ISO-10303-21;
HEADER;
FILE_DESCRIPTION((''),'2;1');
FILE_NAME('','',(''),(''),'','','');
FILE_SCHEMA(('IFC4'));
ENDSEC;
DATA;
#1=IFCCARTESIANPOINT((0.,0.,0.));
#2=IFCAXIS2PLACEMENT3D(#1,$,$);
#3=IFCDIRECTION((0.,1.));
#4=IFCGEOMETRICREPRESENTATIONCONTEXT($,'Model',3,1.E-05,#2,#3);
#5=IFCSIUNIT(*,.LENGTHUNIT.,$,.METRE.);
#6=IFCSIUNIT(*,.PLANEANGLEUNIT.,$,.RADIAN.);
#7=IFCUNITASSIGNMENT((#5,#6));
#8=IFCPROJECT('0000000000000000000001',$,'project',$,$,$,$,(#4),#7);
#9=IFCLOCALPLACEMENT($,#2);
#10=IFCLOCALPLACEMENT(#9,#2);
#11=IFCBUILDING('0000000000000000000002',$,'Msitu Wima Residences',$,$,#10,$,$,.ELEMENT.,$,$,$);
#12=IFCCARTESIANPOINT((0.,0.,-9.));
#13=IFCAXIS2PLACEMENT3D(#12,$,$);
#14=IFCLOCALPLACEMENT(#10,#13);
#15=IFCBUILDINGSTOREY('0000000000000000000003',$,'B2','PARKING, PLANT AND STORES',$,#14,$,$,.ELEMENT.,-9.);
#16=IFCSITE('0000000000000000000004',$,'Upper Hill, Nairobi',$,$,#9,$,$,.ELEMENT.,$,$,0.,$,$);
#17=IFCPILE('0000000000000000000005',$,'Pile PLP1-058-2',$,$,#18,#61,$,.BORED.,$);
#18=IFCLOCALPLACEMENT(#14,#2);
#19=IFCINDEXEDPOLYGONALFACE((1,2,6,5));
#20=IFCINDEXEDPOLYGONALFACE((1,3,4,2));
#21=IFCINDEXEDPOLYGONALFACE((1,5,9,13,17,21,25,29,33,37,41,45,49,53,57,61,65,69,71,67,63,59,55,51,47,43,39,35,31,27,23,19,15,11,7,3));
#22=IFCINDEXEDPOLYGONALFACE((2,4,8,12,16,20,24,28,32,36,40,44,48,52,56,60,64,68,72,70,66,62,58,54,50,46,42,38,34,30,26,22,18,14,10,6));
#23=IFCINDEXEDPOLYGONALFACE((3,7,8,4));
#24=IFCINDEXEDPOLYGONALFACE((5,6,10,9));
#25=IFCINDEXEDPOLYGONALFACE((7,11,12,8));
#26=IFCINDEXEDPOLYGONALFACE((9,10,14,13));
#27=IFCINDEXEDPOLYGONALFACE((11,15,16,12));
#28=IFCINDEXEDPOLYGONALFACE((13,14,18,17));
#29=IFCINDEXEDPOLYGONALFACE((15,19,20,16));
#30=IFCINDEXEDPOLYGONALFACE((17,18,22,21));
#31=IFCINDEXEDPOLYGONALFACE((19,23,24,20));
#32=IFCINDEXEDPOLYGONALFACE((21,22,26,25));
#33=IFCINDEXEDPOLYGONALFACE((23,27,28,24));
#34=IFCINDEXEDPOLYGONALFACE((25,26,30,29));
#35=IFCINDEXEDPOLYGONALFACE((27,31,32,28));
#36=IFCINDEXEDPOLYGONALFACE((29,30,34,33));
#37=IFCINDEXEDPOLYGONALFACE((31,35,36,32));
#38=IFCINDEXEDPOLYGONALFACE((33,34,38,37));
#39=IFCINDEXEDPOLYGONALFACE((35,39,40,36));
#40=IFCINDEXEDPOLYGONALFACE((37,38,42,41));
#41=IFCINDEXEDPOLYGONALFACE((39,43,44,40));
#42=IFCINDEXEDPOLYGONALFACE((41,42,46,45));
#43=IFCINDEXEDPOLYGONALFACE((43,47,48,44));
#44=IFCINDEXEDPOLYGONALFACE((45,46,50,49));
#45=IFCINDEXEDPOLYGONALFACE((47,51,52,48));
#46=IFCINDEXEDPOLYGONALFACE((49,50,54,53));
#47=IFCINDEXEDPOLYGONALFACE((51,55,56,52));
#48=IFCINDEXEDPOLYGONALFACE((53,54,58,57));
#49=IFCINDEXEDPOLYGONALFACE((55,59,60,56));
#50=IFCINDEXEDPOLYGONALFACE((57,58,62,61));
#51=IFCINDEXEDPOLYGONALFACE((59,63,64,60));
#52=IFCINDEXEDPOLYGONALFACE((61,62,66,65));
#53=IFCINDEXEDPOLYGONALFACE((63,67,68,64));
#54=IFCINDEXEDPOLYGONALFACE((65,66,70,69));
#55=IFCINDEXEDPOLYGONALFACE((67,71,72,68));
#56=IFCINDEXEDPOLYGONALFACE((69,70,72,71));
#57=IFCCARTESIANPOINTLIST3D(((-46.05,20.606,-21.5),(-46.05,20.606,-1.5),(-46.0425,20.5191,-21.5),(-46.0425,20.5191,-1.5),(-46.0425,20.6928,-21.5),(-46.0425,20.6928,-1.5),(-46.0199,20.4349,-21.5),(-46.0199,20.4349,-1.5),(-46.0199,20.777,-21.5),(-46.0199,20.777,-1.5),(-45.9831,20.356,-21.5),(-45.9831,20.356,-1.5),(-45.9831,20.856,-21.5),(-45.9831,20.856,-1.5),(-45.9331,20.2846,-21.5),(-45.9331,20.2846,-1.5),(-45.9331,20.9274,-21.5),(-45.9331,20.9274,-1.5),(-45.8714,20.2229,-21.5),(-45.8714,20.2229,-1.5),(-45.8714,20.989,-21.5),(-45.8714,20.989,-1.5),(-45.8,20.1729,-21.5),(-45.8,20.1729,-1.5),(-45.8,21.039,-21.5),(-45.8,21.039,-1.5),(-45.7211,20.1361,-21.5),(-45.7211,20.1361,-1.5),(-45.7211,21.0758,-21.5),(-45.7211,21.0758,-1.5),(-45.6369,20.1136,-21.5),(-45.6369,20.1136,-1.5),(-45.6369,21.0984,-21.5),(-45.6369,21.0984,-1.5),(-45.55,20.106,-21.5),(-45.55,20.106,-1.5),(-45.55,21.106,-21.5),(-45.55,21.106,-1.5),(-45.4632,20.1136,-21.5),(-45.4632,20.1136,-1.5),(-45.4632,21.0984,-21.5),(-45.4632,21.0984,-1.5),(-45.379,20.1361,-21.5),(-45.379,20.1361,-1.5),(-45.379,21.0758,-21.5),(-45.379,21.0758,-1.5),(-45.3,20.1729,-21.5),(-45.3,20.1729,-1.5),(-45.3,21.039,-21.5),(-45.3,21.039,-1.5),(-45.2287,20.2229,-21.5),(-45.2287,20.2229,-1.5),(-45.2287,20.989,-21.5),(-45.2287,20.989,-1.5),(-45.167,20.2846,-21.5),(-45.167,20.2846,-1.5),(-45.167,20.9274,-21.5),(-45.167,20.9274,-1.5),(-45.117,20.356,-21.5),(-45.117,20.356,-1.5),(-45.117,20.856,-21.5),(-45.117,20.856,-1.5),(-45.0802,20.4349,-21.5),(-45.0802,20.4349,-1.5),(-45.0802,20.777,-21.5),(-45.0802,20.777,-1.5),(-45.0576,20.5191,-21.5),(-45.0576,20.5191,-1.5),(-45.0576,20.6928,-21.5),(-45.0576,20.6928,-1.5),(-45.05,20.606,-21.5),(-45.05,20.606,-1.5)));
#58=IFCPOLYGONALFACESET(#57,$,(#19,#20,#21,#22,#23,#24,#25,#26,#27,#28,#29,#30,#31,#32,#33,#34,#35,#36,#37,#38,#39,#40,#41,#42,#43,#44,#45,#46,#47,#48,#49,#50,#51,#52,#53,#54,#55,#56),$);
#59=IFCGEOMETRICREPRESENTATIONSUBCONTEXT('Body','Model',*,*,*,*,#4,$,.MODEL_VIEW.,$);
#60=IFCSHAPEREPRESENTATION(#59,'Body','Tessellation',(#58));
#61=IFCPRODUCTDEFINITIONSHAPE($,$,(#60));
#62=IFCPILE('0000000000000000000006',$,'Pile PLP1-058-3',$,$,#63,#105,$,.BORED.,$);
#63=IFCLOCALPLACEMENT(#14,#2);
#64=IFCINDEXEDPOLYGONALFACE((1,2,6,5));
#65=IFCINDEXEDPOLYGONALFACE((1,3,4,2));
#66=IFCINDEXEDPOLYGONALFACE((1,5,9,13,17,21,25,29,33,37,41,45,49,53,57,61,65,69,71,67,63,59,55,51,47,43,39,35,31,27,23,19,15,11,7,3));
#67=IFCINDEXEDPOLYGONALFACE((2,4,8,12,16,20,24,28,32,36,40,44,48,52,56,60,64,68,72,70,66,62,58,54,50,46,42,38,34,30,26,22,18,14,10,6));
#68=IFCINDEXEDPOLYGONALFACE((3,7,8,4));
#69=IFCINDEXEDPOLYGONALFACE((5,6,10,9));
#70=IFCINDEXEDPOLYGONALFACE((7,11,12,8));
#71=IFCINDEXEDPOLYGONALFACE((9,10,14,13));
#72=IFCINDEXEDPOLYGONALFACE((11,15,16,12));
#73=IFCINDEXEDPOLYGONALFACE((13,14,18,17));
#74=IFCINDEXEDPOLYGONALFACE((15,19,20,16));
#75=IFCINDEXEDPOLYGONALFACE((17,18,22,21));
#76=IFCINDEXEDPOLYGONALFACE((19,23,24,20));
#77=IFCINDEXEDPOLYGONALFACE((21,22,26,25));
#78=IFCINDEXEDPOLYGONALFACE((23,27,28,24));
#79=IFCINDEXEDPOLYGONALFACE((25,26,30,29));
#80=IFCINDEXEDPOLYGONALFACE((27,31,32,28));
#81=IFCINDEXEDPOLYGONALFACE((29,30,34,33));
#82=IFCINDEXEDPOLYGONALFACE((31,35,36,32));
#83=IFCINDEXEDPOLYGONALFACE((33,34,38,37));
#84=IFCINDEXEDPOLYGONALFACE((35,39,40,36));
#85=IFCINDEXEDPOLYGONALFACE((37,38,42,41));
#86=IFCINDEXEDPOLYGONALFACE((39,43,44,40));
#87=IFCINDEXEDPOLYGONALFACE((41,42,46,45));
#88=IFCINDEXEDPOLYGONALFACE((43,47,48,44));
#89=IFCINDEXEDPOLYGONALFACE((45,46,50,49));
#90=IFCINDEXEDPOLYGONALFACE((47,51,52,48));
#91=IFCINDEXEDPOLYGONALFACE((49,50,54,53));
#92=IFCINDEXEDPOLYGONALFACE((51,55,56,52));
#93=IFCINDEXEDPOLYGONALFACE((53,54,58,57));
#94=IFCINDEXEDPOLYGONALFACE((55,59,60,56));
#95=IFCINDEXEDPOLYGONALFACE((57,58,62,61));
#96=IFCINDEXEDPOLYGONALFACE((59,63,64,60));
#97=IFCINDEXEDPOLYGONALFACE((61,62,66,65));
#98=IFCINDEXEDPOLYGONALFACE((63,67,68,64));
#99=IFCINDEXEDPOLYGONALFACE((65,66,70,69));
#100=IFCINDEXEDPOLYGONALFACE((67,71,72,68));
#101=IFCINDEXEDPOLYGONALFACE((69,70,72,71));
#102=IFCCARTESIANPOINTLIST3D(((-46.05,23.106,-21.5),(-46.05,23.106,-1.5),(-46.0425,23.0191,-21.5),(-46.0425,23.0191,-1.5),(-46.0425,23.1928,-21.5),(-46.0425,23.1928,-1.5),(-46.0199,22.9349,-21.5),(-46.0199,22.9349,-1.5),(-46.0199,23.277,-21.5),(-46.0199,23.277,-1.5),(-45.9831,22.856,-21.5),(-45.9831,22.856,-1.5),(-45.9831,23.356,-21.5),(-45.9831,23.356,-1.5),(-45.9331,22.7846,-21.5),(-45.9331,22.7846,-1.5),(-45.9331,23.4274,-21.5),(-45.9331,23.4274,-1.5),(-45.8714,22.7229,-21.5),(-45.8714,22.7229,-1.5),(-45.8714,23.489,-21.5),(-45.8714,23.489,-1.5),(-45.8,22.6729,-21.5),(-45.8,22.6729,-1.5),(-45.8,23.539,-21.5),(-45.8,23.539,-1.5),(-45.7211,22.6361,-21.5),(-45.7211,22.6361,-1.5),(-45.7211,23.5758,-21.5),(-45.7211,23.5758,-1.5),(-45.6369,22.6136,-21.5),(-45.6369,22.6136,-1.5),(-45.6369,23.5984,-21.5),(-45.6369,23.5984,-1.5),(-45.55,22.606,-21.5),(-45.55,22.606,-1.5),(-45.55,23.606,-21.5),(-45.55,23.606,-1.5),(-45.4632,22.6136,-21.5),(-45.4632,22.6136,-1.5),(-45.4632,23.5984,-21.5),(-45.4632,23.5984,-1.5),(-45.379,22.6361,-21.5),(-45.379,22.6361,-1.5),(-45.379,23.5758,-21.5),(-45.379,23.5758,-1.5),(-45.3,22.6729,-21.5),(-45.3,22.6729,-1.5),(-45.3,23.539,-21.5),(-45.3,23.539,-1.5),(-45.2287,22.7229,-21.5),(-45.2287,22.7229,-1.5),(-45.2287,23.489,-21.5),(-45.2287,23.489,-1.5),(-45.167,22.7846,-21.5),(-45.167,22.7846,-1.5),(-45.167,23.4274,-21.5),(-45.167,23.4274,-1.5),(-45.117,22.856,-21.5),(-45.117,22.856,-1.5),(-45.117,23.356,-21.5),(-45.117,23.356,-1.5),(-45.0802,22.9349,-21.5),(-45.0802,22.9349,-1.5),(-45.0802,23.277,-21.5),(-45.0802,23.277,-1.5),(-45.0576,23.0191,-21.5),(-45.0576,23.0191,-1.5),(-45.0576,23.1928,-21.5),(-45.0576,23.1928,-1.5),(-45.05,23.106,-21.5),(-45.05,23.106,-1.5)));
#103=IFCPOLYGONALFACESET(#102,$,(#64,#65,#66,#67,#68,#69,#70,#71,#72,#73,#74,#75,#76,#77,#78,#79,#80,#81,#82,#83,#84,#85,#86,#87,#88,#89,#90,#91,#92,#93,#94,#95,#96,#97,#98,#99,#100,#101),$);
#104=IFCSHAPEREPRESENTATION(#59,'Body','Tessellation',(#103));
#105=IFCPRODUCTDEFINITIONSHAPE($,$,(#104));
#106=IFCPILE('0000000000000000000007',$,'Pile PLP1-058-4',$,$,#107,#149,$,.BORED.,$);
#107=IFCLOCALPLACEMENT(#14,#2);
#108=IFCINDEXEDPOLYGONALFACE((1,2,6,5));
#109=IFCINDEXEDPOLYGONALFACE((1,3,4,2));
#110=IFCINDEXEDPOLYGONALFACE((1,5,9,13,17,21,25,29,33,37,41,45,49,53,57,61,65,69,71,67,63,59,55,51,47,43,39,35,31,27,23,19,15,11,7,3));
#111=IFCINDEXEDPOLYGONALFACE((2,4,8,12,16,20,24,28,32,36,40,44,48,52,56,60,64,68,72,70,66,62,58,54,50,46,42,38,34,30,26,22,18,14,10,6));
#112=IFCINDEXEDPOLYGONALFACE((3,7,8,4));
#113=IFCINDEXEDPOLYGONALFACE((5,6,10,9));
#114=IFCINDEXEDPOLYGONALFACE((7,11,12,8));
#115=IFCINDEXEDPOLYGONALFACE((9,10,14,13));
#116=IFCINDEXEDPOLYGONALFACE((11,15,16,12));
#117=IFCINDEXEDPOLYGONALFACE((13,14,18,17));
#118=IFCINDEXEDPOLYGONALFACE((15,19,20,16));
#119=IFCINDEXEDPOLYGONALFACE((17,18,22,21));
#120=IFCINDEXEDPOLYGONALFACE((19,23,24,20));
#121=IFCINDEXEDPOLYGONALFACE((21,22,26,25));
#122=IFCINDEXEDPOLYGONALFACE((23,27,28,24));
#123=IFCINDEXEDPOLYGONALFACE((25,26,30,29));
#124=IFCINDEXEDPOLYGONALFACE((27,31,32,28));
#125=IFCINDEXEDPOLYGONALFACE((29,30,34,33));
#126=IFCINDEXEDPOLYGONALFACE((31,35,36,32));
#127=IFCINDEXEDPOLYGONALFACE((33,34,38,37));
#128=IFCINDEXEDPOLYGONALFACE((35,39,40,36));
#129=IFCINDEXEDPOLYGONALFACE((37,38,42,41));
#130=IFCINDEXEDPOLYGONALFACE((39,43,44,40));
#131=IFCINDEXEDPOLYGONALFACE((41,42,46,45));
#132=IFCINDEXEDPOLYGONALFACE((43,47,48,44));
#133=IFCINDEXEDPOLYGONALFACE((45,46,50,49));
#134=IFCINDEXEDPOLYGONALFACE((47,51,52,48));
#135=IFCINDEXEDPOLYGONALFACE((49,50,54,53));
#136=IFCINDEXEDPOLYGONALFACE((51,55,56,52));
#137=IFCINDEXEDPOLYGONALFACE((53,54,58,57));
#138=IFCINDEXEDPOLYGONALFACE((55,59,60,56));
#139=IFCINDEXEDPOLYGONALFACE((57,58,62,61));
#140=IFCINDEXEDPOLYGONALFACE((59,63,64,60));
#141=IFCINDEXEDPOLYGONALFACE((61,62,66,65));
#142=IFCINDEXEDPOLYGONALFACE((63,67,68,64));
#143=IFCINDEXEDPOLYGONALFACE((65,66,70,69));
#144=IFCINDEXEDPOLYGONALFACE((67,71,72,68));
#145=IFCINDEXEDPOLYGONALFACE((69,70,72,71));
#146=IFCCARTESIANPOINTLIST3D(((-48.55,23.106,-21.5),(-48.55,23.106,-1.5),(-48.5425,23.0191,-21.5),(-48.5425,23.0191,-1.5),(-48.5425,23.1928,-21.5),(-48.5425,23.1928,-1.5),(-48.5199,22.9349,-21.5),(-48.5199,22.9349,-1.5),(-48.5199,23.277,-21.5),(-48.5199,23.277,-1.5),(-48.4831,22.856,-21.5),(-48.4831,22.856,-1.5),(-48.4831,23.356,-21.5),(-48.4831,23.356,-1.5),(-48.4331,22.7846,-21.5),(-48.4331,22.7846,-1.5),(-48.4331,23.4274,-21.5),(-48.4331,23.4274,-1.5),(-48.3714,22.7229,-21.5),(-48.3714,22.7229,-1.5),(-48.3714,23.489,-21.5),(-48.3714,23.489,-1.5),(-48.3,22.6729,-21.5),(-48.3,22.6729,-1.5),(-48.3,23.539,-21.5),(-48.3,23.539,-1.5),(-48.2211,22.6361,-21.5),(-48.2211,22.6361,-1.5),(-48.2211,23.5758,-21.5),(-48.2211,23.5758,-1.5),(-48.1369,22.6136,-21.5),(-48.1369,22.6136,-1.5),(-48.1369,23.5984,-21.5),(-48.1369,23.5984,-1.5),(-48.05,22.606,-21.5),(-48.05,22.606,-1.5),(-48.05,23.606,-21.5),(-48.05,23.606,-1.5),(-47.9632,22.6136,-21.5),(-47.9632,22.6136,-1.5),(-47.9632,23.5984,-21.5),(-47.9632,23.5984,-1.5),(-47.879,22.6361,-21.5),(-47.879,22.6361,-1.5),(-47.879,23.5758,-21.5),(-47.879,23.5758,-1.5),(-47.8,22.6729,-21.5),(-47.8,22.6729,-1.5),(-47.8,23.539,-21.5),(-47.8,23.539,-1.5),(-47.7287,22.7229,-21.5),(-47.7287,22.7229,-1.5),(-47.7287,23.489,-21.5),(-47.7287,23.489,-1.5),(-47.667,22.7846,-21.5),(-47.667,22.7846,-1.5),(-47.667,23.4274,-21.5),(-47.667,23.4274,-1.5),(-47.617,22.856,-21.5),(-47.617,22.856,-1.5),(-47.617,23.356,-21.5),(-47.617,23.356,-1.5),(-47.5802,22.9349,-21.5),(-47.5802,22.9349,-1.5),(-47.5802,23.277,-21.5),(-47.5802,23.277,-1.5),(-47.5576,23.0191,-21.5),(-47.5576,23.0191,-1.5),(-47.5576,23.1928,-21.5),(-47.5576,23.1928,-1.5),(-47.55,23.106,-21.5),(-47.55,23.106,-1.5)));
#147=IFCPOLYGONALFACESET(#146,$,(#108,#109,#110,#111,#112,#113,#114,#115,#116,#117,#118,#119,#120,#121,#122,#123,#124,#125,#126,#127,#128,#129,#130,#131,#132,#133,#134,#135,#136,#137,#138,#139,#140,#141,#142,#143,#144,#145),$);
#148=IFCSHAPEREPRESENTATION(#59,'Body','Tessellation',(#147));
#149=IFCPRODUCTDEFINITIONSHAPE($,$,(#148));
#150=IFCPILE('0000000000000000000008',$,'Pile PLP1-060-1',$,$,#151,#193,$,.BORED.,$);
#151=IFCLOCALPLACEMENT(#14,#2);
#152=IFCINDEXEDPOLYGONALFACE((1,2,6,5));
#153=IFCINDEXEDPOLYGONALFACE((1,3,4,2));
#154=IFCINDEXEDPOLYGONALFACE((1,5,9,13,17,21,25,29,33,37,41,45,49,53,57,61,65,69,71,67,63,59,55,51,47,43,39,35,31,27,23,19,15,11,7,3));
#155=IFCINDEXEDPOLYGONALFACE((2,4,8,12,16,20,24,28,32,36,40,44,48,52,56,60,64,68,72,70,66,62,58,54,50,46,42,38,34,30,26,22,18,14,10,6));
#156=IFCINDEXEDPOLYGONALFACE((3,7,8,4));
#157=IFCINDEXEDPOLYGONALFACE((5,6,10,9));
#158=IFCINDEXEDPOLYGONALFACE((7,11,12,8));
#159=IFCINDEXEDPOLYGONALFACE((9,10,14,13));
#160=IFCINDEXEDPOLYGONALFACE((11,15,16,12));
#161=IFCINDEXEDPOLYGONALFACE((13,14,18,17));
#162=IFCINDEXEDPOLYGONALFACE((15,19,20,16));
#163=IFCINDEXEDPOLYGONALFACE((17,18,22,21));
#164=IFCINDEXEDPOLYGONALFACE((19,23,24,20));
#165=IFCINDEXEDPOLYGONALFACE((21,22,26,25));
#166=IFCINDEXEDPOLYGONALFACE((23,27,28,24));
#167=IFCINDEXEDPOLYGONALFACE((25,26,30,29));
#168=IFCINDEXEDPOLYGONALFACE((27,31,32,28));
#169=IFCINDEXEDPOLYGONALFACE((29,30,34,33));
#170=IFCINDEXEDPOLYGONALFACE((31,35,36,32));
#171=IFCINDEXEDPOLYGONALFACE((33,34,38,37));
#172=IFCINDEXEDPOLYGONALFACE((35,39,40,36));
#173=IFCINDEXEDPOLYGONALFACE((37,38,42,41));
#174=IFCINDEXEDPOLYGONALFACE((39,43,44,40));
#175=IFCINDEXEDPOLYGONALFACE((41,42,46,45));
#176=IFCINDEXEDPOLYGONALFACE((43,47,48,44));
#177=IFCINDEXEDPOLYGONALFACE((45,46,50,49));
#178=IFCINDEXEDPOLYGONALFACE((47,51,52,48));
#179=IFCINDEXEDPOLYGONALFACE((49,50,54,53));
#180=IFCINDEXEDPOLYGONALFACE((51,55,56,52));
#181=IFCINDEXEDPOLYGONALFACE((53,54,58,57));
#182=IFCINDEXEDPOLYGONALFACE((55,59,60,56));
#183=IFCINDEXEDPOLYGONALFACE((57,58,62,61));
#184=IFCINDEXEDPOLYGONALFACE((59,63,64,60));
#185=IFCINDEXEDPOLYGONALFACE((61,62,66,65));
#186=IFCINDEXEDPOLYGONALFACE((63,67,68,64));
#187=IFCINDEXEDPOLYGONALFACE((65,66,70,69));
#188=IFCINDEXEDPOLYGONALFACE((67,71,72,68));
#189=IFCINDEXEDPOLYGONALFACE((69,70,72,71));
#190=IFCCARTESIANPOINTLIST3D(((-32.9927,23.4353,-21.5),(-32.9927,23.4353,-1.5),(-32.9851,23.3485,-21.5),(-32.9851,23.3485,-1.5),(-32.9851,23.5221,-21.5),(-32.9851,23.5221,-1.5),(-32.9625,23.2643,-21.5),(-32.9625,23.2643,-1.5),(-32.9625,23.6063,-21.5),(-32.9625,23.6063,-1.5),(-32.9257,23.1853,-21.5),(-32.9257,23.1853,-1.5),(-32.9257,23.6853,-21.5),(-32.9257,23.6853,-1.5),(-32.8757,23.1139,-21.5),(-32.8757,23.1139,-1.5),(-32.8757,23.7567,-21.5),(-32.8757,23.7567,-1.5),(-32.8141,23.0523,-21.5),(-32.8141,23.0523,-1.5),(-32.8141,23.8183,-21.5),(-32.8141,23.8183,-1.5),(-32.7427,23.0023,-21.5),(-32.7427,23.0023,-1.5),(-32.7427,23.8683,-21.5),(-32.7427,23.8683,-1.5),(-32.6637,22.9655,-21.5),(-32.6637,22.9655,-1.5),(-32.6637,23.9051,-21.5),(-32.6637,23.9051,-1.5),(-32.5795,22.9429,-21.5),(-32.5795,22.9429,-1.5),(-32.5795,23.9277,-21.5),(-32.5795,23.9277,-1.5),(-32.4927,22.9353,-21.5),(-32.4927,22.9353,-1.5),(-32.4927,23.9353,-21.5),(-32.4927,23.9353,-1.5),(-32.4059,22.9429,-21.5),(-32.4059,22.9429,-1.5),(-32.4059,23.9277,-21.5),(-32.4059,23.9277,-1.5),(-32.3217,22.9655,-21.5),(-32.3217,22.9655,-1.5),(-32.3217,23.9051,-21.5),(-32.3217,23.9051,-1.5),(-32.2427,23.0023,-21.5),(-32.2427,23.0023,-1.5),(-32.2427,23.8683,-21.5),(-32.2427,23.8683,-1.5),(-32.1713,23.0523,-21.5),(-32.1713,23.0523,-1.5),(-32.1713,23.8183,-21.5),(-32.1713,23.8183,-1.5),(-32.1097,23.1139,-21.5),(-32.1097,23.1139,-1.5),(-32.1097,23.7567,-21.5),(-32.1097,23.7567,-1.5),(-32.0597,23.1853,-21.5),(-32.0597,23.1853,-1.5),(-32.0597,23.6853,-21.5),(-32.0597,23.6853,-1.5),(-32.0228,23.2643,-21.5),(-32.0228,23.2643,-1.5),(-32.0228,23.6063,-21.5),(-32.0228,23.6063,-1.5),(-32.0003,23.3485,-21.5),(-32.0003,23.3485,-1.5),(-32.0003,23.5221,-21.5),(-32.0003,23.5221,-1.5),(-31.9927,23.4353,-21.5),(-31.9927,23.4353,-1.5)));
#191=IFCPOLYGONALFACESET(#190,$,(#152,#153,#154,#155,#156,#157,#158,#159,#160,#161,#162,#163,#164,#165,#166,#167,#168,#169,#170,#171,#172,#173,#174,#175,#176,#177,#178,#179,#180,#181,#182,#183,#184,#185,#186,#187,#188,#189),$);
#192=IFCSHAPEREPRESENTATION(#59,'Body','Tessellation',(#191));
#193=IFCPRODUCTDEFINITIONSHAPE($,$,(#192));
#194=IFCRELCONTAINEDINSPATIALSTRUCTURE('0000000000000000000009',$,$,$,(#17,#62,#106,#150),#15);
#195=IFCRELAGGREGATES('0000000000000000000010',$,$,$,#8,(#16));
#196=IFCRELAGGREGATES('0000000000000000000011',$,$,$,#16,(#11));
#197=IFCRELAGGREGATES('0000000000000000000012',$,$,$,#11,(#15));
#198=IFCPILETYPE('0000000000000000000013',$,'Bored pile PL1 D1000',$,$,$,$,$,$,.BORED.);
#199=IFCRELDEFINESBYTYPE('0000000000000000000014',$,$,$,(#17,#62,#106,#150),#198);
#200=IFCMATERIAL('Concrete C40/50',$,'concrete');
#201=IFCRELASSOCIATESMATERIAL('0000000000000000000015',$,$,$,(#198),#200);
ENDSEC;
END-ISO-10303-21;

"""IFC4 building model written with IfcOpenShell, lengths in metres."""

from ifc_helpers import new_model, si_unit, direction, frame, origin, origin_2d, place, context, subcontext, project, spatial, circle, extrude, material, type_object, element, save


model = new_model("IFC4")

# Units and contexts
model_context = context("Model", 3, precision=1e-05, world=origin(), true_north=direction((0.0, 1.0)))
body_context = subcontext(model_context, "Body", "Model", "MODEL_VIEW")
ifc_project = project(units=[si_unit("LENGTHUNIT", "METRE"), si_unit("PLANEANGLEUNIT", "RADIAN")], contexts=[model_context])

# Site, building, storey
site_placement = place(None, origin())
site = spatial("IfcSite", under=ifc_project, at=site_placement, Name="Upper Hill, Nairobi", CompositionType="ELEMENT", RefElevation=0.0)
building_placement = place(site_placement, origin())
building = spatial("IfcBuilding", under=site, at=building_placement, Name="Msitu Wima Residences", CompositionType="ELEMENT")
storey_placement = place(building_placement, frame((0.0, 0.0, -9.0)))
storey = spatial("IfcBuildingStorey", under=building, at=storey_placement, Name="B2", Description="PARKING, PLANT AND STORES", CompositionType="ELEMENT", Elevation=-9.0)

# Piles
ifc_material_1 = material(Name="Concrete C40/50", Category="concrete")
pile_type = type_object("IfcPileType", Name="Bored pile PL1 D1000", PredefinedType="BORED", material=ifc_material_1)
for number, where, z_axis, x_axis, name in (
    (1, (-45.55, 20.606, -1.5), (0.0, 0.0, -1.0), (1.0, 0.0, 0.0), "Pile PLP1-058-2"),
    (2, (-45.55, 23.106, -1.5), (0.0, 0.0, -1.0), (1.0, 0.0, 0.0), "Pile PLP1-058-3"),
    (3, (-48.05, 23.106, -1.5), (0.0, 0.0, -1.0), (1.0, 0.0, 0.0), "Pile PLP1-058-4"),
    (4, (-32.4927, 23.4353, -1.5), (0.0, 0.0, -1.0), (1.0, 0.0, 0.0), "Pile PLP1-060-1"),
):
    element("IfcPile", number, at=place(storey_placement, frame(where, z_axis=z_axis, x_axis=x_axis)), inside=storey, type_object=pile_type, Name=name, PredefinedType="BORED", context=body_context, shape_type="SweptSolid", body=[
        extrude(circle(Radius=0.5, at=origin_2d()), origin(), (0.0, 0.0, 1.0), 20.0),
    ])

save(model, "model.ifc")
